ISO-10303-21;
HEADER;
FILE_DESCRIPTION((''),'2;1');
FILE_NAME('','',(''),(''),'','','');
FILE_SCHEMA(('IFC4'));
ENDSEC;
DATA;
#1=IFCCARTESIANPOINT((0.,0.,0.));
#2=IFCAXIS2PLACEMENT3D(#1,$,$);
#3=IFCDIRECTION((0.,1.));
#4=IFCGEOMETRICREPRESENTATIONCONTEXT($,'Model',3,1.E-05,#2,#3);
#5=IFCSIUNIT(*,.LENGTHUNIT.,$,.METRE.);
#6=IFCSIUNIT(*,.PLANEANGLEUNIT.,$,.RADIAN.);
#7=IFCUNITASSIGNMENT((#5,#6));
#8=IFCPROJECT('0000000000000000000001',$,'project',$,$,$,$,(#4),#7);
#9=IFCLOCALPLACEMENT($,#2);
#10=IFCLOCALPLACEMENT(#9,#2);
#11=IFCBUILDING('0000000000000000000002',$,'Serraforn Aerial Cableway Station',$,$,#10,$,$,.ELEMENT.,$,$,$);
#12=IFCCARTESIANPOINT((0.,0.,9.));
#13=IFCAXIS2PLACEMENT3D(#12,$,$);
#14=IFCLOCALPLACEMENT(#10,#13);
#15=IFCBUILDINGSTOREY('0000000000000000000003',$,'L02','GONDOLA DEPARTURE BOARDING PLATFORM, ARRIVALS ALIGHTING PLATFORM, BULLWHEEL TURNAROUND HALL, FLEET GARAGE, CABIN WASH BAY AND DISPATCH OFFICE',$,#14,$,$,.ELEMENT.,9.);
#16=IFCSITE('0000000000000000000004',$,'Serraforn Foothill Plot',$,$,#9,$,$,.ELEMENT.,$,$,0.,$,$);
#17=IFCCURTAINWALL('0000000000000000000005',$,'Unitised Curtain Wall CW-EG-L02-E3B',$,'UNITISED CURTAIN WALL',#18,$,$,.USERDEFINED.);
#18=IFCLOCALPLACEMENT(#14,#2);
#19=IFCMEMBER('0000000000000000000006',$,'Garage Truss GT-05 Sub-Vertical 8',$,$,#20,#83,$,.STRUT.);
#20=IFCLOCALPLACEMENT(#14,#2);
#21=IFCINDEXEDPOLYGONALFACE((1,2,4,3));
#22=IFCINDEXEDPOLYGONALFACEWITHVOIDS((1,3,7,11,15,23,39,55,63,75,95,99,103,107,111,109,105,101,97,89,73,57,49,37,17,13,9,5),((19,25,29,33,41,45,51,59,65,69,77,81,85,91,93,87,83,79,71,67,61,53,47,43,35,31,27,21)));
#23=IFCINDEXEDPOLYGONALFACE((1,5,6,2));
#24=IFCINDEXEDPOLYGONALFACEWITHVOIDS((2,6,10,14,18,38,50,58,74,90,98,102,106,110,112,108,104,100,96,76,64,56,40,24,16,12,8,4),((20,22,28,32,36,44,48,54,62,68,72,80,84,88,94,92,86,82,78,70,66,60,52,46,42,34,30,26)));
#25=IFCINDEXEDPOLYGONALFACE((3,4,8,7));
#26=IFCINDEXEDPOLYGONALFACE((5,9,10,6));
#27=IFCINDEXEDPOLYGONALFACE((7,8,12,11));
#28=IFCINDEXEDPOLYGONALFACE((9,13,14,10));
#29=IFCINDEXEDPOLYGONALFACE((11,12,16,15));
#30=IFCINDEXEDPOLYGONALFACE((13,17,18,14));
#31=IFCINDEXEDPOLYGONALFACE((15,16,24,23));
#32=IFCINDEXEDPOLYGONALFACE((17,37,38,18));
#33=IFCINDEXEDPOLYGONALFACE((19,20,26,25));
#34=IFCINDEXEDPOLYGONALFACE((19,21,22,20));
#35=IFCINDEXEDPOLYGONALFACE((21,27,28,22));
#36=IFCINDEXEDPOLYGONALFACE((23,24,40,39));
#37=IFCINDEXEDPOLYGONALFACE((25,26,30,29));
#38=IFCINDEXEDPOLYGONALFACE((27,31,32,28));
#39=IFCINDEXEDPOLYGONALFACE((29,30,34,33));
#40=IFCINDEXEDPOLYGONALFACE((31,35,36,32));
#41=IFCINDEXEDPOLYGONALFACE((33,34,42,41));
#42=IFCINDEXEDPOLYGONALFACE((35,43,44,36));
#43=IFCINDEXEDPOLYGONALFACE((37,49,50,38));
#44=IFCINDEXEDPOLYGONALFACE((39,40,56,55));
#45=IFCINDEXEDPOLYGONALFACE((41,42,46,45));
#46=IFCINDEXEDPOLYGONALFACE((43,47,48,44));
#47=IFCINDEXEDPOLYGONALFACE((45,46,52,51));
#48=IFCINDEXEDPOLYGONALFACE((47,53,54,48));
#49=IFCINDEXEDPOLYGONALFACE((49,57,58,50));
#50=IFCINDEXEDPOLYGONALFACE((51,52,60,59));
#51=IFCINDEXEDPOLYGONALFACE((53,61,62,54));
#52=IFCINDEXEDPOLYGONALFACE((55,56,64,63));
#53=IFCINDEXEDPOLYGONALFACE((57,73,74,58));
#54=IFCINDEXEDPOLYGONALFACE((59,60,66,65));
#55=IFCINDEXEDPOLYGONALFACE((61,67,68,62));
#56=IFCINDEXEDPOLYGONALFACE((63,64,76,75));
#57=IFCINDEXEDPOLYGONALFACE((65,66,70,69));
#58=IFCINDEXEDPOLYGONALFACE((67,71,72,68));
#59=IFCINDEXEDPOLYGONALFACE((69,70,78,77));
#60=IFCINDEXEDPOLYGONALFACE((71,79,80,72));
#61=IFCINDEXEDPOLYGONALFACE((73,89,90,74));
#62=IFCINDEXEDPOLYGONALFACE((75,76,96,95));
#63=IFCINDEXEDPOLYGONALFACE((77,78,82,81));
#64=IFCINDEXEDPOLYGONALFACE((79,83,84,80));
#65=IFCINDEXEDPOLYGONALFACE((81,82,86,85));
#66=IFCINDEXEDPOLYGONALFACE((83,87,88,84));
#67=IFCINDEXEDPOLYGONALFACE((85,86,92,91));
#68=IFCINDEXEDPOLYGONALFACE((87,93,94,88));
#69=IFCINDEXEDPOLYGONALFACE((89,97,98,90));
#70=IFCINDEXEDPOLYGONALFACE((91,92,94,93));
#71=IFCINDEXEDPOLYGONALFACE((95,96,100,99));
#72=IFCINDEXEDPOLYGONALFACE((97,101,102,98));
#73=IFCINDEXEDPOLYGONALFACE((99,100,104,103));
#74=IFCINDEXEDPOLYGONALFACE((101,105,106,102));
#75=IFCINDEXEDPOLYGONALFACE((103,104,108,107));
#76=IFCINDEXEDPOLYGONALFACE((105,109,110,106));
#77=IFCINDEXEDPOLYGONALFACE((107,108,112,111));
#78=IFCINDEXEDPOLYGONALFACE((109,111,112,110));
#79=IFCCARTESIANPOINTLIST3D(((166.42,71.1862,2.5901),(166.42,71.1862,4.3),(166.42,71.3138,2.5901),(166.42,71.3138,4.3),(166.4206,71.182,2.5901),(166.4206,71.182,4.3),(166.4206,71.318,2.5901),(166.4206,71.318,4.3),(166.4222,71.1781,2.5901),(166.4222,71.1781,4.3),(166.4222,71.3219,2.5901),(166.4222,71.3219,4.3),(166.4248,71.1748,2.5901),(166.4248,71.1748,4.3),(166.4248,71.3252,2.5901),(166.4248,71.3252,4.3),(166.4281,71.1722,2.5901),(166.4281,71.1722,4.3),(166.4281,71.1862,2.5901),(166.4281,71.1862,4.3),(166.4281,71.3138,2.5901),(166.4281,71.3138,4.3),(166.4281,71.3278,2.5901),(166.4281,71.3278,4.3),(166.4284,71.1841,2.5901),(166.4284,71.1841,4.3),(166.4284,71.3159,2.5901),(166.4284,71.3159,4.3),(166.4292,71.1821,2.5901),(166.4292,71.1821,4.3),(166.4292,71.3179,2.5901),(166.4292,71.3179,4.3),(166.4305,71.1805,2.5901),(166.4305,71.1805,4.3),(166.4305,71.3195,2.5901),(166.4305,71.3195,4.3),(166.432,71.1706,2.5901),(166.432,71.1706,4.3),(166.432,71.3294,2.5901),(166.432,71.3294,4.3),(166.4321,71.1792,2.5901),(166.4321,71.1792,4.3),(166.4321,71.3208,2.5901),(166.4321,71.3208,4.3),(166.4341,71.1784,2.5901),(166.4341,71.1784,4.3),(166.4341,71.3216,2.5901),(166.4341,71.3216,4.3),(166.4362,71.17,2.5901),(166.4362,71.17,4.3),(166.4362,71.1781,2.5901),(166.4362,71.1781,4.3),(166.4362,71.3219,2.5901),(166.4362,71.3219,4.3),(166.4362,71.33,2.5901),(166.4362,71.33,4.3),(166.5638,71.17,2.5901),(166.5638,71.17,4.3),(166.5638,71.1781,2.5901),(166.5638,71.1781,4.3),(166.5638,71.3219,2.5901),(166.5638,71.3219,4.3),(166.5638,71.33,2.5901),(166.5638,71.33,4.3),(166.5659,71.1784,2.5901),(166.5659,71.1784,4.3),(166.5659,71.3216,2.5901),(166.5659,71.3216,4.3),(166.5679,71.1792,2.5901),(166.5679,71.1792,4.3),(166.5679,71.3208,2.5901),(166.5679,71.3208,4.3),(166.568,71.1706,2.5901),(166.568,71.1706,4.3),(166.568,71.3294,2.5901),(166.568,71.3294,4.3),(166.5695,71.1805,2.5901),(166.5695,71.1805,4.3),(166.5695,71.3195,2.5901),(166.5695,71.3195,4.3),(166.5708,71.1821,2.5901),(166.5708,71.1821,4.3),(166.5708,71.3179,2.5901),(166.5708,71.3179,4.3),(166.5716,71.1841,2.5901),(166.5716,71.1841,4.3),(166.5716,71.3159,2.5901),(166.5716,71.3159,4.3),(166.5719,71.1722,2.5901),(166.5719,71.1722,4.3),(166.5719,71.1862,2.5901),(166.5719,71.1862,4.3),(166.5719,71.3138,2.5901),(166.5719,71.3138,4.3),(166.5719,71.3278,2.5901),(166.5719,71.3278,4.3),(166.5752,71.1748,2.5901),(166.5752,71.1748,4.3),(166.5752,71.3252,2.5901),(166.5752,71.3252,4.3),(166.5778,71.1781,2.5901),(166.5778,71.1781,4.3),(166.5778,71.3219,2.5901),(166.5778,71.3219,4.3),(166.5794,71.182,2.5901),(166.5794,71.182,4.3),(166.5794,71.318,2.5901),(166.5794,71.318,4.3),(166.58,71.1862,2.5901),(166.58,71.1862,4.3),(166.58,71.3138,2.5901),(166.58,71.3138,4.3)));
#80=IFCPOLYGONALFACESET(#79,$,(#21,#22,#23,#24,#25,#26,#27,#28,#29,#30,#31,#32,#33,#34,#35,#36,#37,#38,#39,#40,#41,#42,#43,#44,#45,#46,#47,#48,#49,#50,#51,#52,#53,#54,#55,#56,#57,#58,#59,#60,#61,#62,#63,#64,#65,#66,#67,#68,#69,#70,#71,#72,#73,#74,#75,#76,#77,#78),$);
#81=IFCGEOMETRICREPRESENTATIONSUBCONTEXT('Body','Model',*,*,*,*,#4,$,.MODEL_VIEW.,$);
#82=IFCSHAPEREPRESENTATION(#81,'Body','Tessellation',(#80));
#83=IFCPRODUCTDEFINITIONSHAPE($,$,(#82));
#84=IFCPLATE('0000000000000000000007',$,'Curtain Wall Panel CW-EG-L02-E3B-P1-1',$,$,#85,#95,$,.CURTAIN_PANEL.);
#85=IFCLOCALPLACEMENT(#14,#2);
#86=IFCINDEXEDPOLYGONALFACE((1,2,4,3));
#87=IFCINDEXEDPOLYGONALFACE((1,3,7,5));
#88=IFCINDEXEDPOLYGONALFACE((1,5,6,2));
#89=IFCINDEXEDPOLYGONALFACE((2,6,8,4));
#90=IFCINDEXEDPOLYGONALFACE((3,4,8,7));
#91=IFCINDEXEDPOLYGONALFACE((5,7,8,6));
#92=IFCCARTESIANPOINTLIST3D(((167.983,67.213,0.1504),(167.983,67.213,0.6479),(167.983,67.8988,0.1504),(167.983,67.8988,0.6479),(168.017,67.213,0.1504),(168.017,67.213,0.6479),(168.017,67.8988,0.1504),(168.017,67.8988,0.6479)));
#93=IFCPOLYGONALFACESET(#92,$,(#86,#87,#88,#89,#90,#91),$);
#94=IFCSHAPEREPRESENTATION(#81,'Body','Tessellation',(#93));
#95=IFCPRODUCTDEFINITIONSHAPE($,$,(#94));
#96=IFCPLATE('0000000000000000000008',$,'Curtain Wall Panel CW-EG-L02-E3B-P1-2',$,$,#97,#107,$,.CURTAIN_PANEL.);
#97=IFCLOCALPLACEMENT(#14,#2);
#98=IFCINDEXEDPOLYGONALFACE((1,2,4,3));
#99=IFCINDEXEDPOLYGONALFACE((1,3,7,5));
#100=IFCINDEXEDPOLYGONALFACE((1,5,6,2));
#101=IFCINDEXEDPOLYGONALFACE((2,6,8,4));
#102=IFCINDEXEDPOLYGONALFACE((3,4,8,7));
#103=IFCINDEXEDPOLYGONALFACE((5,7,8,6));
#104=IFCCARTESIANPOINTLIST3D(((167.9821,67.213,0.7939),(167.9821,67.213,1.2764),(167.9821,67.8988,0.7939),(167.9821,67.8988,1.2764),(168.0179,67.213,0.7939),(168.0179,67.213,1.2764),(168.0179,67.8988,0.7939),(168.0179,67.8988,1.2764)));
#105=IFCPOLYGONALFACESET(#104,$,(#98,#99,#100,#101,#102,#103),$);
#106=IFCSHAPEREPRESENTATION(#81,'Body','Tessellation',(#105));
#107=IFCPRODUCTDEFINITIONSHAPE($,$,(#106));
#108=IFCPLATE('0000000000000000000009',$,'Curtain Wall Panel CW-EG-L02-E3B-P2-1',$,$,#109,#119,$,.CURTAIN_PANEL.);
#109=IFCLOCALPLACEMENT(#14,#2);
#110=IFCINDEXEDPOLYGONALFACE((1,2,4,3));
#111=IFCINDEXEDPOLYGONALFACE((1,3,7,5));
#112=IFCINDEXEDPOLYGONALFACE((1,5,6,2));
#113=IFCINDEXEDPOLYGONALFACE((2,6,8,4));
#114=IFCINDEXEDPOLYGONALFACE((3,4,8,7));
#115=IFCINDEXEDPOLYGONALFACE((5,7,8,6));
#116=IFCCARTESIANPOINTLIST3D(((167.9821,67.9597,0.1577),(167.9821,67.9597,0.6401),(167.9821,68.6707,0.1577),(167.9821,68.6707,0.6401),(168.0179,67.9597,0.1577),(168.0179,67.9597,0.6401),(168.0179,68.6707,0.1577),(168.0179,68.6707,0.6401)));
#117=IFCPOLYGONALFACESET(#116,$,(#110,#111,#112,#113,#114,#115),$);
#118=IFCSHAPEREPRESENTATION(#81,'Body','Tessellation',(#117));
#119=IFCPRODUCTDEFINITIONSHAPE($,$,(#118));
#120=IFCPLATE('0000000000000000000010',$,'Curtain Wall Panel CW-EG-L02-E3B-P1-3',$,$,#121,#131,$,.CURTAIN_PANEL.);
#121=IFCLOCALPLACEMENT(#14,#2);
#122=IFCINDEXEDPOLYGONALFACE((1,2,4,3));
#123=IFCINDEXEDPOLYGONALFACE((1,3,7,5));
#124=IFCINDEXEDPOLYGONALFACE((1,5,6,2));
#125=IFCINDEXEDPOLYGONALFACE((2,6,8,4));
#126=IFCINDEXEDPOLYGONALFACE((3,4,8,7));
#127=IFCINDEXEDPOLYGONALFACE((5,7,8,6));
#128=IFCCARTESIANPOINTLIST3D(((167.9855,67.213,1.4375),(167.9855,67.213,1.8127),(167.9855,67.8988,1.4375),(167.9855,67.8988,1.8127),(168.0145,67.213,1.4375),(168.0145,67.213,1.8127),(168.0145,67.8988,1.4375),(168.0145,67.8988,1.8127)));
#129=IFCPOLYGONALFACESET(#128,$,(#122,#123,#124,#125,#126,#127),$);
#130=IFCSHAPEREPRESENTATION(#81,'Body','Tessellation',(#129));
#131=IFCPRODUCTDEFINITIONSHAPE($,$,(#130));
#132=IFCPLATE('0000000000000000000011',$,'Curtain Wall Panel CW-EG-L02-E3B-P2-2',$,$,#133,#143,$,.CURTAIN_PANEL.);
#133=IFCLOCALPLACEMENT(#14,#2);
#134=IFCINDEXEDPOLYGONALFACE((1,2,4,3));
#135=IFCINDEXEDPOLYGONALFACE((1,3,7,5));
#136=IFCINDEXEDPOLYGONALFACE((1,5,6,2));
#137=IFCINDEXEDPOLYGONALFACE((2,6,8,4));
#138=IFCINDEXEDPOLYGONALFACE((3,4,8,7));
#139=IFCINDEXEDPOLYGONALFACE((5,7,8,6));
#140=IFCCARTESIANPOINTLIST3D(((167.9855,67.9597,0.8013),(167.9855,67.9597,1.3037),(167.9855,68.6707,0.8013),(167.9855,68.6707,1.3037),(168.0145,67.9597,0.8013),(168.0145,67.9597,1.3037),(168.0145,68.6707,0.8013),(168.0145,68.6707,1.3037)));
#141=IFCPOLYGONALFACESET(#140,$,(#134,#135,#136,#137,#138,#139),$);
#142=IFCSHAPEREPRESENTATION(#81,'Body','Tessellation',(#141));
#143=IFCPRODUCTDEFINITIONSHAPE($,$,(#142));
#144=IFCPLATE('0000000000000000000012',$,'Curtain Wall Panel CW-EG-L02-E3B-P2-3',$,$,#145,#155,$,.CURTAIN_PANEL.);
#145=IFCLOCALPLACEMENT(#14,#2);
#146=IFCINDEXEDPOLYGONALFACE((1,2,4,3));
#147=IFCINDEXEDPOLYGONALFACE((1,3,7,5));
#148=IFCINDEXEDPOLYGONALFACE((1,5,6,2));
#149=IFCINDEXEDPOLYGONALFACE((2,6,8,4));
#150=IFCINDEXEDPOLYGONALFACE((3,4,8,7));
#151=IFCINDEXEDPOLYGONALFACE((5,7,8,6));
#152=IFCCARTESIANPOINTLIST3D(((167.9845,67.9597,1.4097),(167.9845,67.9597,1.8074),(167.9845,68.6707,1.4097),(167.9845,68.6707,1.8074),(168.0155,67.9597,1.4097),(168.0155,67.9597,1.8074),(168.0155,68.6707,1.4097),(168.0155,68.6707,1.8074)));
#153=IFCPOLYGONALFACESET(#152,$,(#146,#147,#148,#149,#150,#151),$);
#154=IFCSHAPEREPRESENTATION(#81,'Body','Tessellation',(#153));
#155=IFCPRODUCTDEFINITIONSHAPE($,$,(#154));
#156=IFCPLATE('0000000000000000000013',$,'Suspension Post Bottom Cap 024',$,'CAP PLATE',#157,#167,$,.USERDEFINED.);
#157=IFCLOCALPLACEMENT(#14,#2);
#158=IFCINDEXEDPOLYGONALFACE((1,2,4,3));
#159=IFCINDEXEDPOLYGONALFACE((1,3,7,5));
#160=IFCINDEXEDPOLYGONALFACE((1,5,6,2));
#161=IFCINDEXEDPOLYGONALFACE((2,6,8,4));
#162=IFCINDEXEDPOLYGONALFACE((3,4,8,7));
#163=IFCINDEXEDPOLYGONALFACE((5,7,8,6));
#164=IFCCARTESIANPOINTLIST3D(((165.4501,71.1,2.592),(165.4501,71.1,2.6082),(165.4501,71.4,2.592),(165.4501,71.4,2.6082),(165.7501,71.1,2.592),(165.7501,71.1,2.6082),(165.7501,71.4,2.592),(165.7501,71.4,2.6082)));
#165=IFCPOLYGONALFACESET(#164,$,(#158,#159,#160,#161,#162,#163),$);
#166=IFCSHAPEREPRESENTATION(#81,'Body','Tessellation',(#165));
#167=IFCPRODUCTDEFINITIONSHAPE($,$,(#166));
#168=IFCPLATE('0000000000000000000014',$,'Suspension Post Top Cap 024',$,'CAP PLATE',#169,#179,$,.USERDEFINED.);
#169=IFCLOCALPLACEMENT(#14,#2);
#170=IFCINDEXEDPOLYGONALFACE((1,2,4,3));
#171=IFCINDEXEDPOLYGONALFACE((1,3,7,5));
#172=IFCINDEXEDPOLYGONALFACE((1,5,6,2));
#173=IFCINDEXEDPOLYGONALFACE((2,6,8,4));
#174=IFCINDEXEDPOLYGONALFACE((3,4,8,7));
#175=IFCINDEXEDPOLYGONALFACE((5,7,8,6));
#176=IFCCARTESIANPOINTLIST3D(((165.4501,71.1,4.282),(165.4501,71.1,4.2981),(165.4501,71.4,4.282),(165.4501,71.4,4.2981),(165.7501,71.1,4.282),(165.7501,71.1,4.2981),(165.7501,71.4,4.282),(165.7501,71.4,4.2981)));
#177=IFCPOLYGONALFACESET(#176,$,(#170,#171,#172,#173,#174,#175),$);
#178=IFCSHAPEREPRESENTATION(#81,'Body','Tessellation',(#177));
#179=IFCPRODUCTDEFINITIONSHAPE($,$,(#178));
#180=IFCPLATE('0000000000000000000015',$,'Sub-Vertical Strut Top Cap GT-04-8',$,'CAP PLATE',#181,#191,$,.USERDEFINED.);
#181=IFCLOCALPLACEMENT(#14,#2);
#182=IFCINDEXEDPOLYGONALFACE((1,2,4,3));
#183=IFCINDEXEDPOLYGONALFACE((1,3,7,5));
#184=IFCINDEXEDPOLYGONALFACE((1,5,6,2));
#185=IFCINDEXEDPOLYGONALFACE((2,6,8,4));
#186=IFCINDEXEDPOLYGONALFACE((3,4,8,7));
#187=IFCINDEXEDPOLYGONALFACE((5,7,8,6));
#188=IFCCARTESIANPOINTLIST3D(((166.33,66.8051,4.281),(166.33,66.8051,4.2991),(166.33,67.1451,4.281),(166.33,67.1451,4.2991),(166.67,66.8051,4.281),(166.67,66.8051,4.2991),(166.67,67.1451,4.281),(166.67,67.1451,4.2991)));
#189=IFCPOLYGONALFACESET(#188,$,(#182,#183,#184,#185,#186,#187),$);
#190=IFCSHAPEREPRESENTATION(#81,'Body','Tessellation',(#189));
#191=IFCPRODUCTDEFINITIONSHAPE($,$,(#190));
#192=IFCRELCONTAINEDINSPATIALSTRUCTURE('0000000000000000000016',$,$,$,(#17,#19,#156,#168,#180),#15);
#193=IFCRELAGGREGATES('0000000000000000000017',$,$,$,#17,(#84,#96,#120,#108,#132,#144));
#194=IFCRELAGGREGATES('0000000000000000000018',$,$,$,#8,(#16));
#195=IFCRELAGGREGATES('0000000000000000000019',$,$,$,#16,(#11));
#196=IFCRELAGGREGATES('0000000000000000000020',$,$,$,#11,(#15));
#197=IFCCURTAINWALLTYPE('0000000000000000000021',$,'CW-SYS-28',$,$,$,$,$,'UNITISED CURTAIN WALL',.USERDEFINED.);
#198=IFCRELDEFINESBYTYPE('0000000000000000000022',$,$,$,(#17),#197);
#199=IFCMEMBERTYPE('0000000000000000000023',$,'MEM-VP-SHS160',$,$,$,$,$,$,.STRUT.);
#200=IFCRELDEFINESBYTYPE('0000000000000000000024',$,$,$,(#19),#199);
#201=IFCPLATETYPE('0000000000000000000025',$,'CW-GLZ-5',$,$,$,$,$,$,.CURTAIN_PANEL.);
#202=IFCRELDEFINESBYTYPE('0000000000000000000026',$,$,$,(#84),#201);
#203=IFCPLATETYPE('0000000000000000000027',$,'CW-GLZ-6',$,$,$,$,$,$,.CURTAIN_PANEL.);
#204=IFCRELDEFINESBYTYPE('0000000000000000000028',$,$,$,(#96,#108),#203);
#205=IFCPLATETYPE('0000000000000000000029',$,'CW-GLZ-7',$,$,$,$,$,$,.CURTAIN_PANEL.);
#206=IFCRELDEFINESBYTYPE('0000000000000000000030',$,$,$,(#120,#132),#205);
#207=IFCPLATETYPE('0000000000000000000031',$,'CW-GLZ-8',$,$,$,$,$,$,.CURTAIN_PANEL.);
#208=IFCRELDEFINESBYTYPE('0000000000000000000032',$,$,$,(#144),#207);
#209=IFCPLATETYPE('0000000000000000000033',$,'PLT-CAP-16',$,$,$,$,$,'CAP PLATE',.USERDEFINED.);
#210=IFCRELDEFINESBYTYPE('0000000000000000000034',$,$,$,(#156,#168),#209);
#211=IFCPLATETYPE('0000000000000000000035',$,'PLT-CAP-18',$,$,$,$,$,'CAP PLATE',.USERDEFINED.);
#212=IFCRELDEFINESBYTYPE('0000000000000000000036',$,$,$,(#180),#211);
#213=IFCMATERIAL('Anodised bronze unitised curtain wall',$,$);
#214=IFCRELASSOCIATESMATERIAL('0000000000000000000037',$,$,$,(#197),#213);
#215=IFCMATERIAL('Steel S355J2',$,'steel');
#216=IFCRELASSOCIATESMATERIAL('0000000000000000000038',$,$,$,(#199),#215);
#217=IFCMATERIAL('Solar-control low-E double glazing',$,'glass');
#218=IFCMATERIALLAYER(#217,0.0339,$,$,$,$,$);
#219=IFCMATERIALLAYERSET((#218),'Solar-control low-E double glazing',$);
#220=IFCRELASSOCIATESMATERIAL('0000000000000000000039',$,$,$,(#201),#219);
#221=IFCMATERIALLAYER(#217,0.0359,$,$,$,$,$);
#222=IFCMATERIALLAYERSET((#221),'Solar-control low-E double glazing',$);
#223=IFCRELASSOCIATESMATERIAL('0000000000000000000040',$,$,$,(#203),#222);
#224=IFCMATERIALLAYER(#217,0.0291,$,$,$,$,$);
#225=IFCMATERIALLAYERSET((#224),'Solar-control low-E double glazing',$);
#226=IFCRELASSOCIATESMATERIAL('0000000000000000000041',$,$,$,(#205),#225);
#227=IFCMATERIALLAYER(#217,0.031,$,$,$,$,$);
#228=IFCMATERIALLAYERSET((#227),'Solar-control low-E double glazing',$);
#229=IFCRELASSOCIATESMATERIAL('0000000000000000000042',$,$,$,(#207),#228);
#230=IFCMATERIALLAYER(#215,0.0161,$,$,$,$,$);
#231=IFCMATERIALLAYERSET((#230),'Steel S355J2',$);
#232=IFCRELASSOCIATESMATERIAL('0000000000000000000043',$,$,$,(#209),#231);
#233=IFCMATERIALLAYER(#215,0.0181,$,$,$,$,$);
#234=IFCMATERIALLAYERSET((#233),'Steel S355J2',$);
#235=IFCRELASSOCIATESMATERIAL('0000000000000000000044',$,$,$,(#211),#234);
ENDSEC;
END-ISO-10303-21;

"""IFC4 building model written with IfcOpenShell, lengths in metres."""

from ifc_helpers import new_model, si_unit, direction, frame, origin, origin_2d, place, context, subcontext, project, spatial, rectangle, hollow_rectangle, extrude, material, layer, layer_set, material_profile, profile_set, type_object, element, aggregate, save


model = new_model("IFC4")

# Units and contexts
model_context = context("Model", 3, precision=1e-05, world=origin(), true_north=direction((0.0, 1.0)))
body_context = subcontext(model_context, "Body", "Model", "MODEL_VIEW")
ifc_project = project(units=[si_unit("LENGTHUNIT", "METRE"), si_unit("PLANEANGLEUNIT", "RADIAN")], contexts=[model_context])

# Site, building, storey
site_placement = place(None, origin())
site = spatial("IfcSite", under=ifc_project, at=site_placement, Name="Serraforn Foothill Plot", CompositionType="ELEMENT", RefElevation=0.0)
building_placement = place(site_placement, origin())
building = spatial("IfcBuilding", under=site, at=building_placement, Name="Serraforn Aerial Cableway Station", CompositionType="ELEMENT")
storey_placement = place(building_placement, frame((0.0, 0.0, 9.0)))
storey = spatial("IfcBuildingStorey", under=building, at=storey_placement, Name="L02", Description="GONDOLA DEPARTURE BOARDING PLATFORM, ARRIVALS ALIGHTING PLATFORM, BULLWHEEL TURNAROUND HALL, FLEET GARAGE, CABIN WASH BAY AND DISPATCH OFFICE", CompositionType="ELEMENT", Elevation=9.0)

# Curtain wall
ifc_material_1 = material(Name="Anodised bronze unitised curtain wall")
curtain_wall_type = type_object("IfcCurtainWallType", Name="CW-SYS-28", ElementType="UNITISED CURTAIN WALL", PredefinedType="USERDEFINED", material=ifc_material_1)
curtain_wall_placement = place(storey_placement, origin())
curtain_wall = element("IfcCurtainWall", 1, at=curtain_wall_placement, inside=storey, type_object=curtain_wall_type, Name="Unitised Curtain Wall CW-EG-L02-E3B", ObjectType="UNITISED CURTAIN WALL", PredefinedType="USERDEFINED")

# Member
ifc_material_2 = material(Name="Steel S355J2", Category="steel")
ifc_material_profile_1 = material_profile(ifc_material_2, hollow_rectangle(XDim=0.1599, YDim=0.1599, WallThickness=0.0081, InnerFilletRadius=0.0081, OuterFilletRadius=0.0161, at=origin_2d()), Name="SHS 160x160x8.0")
ifc_profile_set_1 = profile_set([ifc_material_profile_1], Name="Steel S355J2")
member_type_1 = type_object("IfcMemberType", Name="MEM-VP-SHS160", PredefinedType="STRUT", material=ifc_profile_set_1)
for number, where, z_axis, x_axis, name in (
    (2, (166.5, 71.25, 2.5901), (0.0, 0.0, 1.0), (1.0, 0.0, 0.0), "Garage Truss GT-05 Sub-Vertical 8"),
):
    element("IfcMember", number, at=place(storey_placement, frame(where, z_axis=z_axis, x_axis=x_axis)), inside=storey, type_object=member_type_1, Name=name, PredefinedType="STRUT", context=body_context, shape_type="SweptSolid", body=[
        extrude(hollow_rectangle(XDim=0.1599, YDim=0.1599, WallThickness=0.0081, InnerFilletRadius=0.0081, OuterFilletRadius=0.0161, at=origin_2d()), origin(), (0.0, 0.0, 1.0), 1.71),
    ])

# Plates
ifc_material_3 = material(Name="Solar-control low-E double glazing", Category="glass")
ifc_layer_1 = layer(ifc_material_3, 0.0339)
ifc_layer_set_1 = layer_set([ifc_layer_1], Name="Solar-control low-E double glazing")
plate_type_1 = type_object("IfcPlateType", Name="CW-GLZ-5", PredefinedType="CURTAIN_PANEL", material=ifc_layer_set_1)
plate_1_placement = place(storey_placement, frame((168.0, 67.5559, 0.1504), z_axis=(0.0, 0.0, 1.0), x_axis=(1.0, 0.0, 0.0)))
plate_1 = element("IfcPlate", 3, at=plate_1_placement, type_object=plate_type_1, Name="Curtain Wall Panel CW-EG-L02-E3B-P1-1", PredefinedType="CURTAIN_PANEL", context=body_context, shape_type="SweptSolid", body=[
    extrude(rectangle(XDim=0.0339, YDim=0.6858, at=origin_2d()), origin(), (0.0, 0.0, 1.0), 0.4976),
])
ifc_layer_2 = layer(ifc_material_3, 0.0359)
ifc_layer_set_2 = layer_set([ifc_layer_2], Name="Solar-control low-E double glazing")
plate_type_2 = type_object("IfcPlateType", Name="CW-GLZ-6", PredefinedType="CURTAIN_PANEL", material=ifc_layer_set_2)
plate_2_placement = place(storey_placement, frame((168.0, 67.5559, 0.7939), z_axis=(0.0, 0.0, 1.0), x_axis=(1.0, 0.0, 0.0)))
plate_2 = element("IfcPlate", 4, at=plate_2_placement, type_object=plate_type_2, Name="Curtain Wall Panel CW-EG-L02-E3B-P1-2", PredefinedType="CURTAIN_PANEL", context=body_context, shape_type="SweptSolid", body=[
    extrude(rectangle(XDim=0.0359, YDim=0.6858, at=origin_2d()), origin(), (0.0, 0.0, 1.0), 0.4824),
])
plate_3_placement = place(storey_placement, frame((168.0, 68.3152, 0.1577), z_axis=(0.0, 0.0, 1.0), x_axis=(1.0, 0.0, 0.0)))
plate_3 = element("IfcPlate", 5, at=plate_3_placement, type_object=plate_type_2, Name="Curtain Wall Panel CW-EG-L02-E3B-P2-1", PredefinedType="CURTAIN_PANEL", context=body_context, shape_type="SweptSolid", body=[
    extrude(rectangle(XDim=0.0359, YDim=0.7109, at=origin_2d()), origin(), (0.0, 0.0, 1.0), 0.4824),
])
ifc_layer_3 = layer(ifc_material_3, 0.0291)
ifc_layer_set_3 = layer_set([ifc_layer_3], Name="Solar-control low-E double glazing")
plate_type_3 = type_object("IfcPlateType", Name="CW-GLZ-7", PredefinedType="CURTAIN_PANEL", material=ifc_layer_set_3)
plate_4_placement = place(storey_placement, frame((168.0, 67.5559, 1.4375), z_axis=(0.0, 0.0, 1.0), x_axis=(1.0, 0.0, 0.0)))
plate_4 = element("IfcPlate", 6, at=plate_4_placement, type_object=plate_type_3, Name="Curtain Wall Panel CW-EG-L02-E3B-P1-3", PredefinedType="CURTAIN_PANEL", context=body_context, shape_type="SweptSolid", body=[
    extrude(rectangle(XDim=0.0291, YDim=0.6858, at=origin_2d()), origin(), (0.0, 0.0, 1.0), 0.3752),
])
plate_5_placement = place(storey_placement, frame((168.0, 68.3152, 0.8013), z_axis=(0.0, 0.0, 1.0), x_axis=(1.0, 0.0, 0.0)))
plate_5 = element("IfcPlate", 7, at=plate_5_placement, type_object=plate_type_3, Name="Curtain Wall Panel CW-EG-L02-E3B-P2-2", PredefinedType="CURTAIN_PANEL", context=body_context, shape_type="SweptSolid", body=[
    extrude(rectangle(XDim=0.0291, YDim=0.7109, at=origin_2d()), origin(), (0.0, 0.0, 1.0), 0.5024),
])
ifc_layer_4 = layer(ifc_material_3, 0.031)
ifc_layer_set_4 = layer_set([ifc_layer_4], Name="Solar-control low-E double glazing")
plate_type_4 = type_object("IfcPlateType", Name="CW-GLZ-8", PredefinedType="CURTAIN_PANEL", material=ifc_layer_set_4)
plate_6_placement = place(storey_placement, frame((168.0, 68.3152, 1.4097), z_axis=(0.0, 0.0, 1.0), x_axis=(1.0, 0.0, 0.0)))
plate_6 = element("IfcPlate", 8, at=plate_6_placement, type_object=plate_type_4, Name="Curtain Wall Panel CW-EG-L02-E3B-P2-3", PredefinedType="CURTAIN_PANEL", context=body_context, shape_type="SweptSolid", body=[
    extrude(rectangle(XDim=0.031, YDim=0.7109, at=origin_2d()), origin(), (0.0, 0.0, 1.0), 0.3977),
])
aggregate(curtain_wall, [plate_1, plate_2, plate_4, plate_3, plate_5, plate_6])

# Plates
ifc_layer_5 = layer(ifc_material_2, 0.0161)
ifc_layer_set_5 = layer_set([ifc_layer_5], Name="Steel S355J2")
plate_type_5 = type_object("IfcPlateType", Name="PLT-CAP-16", ElementType="CAP PLATE", PredefinedType="USERDEFINED", material=ifc_layer_set_5)
for number, where, z_axis, x_axis, name in (
    (9, (165.6001, 71.25, 2.592), (0.0, 0.0, 1.0), (1.0, 0.0, 0.0), "Suspension Post Bottom Cap 024"),
    (10, (165.6001, 71.25, 4.282), (0.0, 0.0, 1.0), (1.0, 0.0, 0.0), "Suspension Post Top Cap 024"),
):
    element("IfcPlate", number, at=place(storey_placement, frame(where, z_axis=z_axis, x_axis=x_axis)), inside=storey, type_object=plate_type_5, Name=name, ObjectType="CAP PLATE", PredefinedType="USERDEFINED", context=body_context, shape_type="SweptSolid", body=[
        extrude(rectangle(XDim=0.3, YDim=0.3, at=origin_2d()), origin(), (0.0, 0.0, 1.0), 0.0161),
    ])
ifc_layer_6 = layer(ifc_material_2, 0.0181)
ifc_layer_set_6 = layer_set([ifc_layer_6], Name="Steel S355J2")
plate_type_6 = type_object("IfcPlateType", Name="PLT-CAP-18", ElementType="CAP PLATE", PredefinedType="USERDEFINED", material=ifc_layer_set_6)
for number, where, z_axis, x_axis, name in (
    (11, (166.5, 66.9751, 4.281), (0.0, 0.0, 1.0), (1.0, 0.0, 0.0), "Sub-Vertical Strut Top Cap GT-04-8"),
):
    element("IfcPlate", number, at=place(storey_placement, frame(where, z_axis=z_axis, x_axis=x_axis)), inside=storey, type_object=plate_type_6, Name=name, ObjectType="CAP PLATE", PredefinedType="USERDEFINED", context=body_context, shape_type="SweptSolid", body=[
        extrude(rectangle(XDim=0.3401, YDim=0.3401, at=origin_2d()), origin(), (0.0, 0.0, 1.0), 0.0181),
    ])

save(model, "model.ifc")
